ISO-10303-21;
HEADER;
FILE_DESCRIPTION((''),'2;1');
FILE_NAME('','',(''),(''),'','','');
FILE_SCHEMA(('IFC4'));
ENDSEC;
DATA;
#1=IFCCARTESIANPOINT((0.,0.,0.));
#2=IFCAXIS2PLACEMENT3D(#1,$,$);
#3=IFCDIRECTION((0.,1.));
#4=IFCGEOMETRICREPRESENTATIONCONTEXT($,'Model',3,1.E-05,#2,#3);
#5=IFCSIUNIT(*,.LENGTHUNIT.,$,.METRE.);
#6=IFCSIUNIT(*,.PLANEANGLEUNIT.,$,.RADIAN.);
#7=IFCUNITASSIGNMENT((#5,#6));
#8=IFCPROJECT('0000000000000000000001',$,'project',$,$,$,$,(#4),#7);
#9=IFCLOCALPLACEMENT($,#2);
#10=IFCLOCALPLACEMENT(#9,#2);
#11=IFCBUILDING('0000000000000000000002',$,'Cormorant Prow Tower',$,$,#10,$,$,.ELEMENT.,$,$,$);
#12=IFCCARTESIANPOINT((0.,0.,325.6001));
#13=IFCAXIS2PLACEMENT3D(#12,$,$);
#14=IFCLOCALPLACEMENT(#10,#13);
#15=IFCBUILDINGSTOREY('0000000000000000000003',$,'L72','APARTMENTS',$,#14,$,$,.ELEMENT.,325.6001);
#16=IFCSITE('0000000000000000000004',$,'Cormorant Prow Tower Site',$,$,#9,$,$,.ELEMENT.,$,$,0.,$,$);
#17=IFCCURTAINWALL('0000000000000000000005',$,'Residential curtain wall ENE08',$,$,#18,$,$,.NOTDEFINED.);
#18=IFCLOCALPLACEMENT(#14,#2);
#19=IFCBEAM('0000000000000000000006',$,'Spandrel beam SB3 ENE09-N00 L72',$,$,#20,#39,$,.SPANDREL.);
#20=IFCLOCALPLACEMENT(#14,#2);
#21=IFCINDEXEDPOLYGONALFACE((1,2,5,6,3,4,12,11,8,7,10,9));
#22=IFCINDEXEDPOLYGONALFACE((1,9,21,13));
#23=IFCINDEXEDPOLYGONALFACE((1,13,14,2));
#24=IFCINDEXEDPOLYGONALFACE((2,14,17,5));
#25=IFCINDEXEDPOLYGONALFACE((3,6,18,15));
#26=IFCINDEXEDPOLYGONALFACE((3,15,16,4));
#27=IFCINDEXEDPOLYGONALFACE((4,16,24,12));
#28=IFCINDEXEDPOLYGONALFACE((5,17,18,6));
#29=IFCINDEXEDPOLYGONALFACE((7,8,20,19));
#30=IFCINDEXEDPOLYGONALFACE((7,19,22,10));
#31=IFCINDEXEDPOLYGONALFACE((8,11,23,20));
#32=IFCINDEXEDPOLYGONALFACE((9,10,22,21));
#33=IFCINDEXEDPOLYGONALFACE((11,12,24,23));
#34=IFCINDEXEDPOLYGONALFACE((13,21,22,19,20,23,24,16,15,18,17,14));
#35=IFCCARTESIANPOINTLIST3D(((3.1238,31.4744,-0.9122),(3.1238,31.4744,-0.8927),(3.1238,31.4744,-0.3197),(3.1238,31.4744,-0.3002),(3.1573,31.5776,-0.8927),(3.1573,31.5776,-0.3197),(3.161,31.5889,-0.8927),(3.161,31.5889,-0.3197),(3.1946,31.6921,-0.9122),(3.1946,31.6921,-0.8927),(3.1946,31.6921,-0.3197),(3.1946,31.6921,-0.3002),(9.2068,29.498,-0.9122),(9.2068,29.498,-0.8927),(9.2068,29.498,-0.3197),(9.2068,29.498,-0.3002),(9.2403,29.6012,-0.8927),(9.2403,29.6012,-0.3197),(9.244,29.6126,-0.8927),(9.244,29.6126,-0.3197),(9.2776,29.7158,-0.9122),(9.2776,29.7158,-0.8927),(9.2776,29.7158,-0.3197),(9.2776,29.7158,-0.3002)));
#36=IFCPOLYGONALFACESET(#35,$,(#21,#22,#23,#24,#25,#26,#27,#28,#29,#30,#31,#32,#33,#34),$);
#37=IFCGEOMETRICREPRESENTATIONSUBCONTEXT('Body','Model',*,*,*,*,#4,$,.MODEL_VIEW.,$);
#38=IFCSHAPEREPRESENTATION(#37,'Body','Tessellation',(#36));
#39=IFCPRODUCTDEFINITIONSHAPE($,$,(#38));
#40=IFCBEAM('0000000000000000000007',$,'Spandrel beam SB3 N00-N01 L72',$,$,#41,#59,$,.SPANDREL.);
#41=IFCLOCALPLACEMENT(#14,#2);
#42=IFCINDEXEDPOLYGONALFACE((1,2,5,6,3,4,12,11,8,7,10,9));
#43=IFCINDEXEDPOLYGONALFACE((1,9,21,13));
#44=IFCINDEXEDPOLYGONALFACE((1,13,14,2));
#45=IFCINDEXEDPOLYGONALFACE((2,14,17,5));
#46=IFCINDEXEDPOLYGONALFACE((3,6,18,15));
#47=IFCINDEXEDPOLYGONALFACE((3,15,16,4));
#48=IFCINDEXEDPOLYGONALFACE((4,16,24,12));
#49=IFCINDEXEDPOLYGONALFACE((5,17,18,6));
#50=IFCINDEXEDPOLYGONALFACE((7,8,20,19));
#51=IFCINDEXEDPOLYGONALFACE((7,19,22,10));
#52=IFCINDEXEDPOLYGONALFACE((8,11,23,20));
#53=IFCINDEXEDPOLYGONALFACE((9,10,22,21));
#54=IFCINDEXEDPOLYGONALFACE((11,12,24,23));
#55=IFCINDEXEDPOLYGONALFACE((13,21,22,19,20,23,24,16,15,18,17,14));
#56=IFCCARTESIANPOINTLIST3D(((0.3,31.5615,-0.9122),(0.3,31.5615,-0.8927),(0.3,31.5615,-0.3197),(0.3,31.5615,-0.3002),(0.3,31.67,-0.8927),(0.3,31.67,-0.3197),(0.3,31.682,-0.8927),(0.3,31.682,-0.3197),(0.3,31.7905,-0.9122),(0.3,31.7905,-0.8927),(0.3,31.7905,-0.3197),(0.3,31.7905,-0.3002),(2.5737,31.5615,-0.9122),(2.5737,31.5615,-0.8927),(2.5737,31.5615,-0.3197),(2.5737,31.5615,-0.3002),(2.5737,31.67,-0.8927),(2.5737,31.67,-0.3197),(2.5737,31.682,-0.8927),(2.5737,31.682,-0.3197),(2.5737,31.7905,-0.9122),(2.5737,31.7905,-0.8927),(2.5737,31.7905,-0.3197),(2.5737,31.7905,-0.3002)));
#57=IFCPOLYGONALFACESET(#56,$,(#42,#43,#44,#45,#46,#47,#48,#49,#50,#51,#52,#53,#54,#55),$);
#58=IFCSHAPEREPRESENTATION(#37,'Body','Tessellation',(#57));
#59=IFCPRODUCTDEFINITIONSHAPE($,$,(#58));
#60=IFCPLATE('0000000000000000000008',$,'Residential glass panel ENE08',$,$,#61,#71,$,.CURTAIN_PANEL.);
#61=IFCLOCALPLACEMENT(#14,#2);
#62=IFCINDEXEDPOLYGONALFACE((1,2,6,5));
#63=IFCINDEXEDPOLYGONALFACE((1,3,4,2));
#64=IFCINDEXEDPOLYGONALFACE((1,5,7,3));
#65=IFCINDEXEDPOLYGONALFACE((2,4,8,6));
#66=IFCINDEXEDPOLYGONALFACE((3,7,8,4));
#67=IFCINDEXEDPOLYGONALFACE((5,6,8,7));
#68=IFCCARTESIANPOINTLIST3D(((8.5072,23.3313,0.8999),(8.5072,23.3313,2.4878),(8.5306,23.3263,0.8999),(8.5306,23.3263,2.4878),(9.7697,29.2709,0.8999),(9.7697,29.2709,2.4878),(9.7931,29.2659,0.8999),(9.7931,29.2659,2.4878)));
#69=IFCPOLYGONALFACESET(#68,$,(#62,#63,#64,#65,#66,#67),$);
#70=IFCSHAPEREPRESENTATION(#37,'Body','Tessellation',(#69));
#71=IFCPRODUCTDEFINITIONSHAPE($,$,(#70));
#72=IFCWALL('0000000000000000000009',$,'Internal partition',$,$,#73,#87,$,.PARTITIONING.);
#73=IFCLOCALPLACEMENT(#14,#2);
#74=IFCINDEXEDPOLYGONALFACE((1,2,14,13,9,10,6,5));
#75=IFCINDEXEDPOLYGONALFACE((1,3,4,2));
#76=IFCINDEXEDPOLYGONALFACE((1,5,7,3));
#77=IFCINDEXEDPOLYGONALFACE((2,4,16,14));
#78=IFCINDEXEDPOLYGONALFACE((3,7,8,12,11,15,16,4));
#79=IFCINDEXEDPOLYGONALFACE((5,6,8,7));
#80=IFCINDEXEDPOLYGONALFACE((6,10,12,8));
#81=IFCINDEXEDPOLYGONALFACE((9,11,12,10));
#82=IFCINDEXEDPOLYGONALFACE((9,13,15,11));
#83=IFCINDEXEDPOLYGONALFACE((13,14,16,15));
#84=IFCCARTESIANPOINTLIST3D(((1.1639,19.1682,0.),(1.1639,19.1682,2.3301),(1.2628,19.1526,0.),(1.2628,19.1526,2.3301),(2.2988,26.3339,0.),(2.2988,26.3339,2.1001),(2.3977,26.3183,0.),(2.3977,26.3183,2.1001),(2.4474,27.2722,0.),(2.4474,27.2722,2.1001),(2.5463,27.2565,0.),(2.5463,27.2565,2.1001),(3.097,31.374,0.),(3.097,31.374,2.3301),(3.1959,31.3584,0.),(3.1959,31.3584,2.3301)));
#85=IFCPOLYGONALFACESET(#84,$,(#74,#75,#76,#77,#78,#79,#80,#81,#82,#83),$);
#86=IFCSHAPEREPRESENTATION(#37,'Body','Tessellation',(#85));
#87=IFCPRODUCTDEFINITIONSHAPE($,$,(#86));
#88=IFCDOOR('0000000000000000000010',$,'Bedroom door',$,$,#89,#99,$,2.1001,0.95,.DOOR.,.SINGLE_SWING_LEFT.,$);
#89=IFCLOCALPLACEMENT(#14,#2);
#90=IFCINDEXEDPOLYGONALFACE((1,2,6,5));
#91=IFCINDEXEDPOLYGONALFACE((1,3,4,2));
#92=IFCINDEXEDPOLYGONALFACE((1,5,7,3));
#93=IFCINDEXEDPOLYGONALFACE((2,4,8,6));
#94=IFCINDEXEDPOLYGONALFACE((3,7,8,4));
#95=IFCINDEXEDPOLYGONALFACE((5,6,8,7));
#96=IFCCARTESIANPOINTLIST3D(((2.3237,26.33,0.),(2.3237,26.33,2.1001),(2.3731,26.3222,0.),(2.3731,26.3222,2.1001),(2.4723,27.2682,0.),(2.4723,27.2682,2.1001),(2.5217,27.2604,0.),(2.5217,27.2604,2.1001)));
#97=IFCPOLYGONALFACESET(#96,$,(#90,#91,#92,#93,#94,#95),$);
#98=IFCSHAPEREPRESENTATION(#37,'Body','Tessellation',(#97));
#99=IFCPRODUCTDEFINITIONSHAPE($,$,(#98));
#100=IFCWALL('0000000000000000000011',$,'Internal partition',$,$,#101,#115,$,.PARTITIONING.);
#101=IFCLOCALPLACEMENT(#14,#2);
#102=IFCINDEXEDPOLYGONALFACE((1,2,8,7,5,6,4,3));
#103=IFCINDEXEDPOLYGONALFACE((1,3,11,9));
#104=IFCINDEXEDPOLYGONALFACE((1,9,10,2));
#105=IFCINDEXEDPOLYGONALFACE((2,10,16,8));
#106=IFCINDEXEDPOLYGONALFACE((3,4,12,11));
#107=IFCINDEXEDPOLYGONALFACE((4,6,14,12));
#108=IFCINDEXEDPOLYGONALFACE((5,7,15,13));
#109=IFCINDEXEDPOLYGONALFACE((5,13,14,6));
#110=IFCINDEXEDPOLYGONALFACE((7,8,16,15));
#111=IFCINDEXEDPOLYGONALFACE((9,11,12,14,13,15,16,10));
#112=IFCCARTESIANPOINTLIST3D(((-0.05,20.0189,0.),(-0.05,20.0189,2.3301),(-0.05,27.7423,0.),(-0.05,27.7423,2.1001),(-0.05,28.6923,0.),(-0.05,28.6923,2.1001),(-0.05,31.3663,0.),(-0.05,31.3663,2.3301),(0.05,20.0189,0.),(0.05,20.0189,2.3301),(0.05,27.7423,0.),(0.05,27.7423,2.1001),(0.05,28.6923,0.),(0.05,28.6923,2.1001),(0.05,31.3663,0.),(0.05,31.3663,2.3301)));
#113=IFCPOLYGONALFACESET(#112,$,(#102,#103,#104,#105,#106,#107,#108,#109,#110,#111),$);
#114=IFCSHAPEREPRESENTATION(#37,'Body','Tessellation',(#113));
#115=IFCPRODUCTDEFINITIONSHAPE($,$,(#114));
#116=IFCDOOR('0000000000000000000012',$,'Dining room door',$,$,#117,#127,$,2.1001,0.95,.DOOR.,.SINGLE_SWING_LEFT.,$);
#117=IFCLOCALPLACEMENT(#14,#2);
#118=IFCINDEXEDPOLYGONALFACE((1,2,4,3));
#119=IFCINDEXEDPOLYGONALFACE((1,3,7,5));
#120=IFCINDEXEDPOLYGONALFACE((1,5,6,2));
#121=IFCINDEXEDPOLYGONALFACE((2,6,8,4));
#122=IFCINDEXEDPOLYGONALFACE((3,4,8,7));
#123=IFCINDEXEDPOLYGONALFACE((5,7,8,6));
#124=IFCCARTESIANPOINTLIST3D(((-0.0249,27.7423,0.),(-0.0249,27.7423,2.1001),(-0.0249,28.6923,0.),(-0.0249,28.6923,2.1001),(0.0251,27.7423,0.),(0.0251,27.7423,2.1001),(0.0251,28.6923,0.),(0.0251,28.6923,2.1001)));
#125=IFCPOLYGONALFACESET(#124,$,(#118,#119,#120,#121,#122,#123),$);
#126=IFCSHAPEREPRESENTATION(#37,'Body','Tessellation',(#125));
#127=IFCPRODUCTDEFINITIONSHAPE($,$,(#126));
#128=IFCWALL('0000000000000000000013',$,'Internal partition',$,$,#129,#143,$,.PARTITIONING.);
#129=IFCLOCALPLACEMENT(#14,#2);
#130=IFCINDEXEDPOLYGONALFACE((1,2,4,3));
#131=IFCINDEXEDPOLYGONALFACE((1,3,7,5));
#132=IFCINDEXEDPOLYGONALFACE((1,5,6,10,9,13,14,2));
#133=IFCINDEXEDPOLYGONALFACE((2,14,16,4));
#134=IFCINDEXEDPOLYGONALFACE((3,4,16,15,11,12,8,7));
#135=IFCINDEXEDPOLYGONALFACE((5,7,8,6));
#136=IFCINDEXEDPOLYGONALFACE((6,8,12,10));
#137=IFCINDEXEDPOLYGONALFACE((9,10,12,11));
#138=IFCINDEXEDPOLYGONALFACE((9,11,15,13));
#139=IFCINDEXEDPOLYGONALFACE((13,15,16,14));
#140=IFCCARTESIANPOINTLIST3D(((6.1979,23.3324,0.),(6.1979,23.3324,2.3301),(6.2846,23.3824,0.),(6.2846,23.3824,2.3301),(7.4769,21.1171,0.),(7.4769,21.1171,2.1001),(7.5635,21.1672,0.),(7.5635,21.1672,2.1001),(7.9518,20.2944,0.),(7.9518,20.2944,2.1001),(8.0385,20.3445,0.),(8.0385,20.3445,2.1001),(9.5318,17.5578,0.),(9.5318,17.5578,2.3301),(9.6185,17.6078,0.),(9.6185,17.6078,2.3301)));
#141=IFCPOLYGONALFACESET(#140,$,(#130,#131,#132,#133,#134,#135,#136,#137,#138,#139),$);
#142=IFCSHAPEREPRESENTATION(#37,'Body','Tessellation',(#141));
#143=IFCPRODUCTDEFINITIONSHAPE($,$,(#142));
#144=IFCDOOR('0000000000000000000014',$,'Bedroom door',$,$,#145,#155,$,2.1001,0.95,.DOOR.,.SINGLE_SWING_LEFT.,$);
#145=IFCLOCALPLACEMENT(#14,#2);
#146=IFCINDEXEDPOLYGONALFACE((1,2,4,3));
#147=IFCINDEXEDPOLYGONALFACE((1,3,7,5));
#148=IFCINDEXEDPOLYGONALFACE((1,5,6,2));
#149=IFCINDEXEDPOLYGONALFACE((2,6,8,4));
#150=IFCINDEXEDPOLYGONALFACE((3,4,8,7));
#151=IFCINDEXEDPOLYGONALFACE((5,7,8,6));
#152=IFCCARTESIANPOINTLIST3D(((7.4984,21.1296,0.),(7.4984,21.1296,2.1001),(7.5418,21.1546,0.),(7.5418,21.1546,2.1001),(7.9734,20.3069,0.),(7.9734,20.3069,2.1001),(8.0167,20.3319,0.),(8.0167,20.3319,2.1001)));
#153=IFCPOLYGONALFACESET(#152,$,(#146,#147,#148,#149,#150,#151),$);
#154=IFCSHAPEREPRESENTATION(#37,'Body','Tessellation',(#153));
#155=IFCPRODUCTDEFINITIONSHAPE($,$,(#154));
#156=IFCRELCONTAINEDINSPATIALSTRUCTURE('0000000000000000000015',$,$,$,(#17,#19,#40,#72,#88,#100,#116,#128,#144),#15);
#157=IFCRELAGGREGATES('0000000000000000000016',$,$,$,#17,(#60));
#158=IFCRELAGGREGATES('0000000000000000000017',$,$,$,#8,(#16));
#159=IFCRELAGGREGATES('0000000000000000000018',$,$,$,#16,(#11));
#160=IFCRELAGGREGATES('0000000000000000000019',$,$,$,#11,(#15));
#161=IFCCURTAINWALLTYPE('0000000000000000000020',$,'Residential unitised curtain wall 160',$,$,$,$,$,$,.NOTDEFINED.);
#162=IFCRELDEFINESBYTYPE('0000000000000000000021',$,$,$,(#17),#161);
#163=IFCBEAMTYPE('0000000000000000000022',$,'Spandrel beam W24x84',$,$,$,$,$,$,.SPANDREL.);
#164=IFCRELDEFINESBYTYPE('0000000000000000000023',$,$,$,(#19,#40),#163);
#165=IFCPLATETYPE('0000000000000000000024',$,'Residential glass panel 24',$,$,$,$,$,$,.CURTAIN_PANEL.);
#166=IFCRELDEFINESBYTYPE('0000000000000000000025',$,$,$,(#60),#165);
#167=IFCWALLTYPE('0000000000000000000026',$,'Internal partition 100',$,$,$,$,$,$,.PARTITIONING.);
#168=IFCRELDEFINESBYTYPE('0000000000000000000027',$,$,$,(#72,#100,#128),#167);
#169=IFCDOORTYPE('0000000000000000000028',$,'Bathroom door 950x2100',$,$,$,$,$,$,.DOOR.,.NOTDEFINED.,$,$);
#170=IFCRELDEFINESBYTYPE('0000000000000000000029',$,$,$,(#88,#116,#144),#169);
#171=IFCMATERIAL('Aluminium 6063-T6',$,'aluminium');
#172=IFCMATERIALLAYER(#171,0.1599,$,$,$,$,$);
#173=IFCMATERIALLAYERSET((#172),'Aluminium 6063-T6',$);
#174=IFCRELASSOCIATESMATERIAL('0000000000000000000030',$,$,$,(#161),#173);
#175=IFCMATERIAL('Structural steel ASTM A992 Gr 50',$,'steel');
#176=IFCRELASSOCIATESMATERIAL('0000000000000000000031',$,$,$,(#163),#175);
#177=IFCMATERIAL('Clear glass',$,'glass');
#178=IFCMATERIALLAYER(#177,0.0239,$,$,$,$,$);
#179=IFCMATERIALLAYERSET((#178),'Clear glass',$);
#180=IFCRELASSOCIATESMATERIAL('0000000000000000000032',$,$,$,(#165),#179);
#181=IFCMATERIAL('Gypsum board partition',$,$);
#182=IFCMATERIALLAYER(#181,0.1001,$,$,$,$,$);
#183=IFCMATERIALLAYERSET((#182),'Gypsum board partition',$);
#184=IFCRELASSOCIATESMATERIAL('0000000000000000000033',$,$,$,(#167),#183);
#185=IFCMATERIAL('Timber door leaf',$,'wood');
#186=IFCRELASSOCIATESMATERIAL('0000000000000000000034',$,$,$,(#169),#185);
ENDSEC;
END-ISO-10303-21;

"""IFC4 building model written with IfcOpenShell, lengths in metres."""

from ifc_helpers import new_model, si_unit, direction, frame, frame_2d, origin, origin_2d, place, context, subcontext, project, spatial, rectangle, i_section, extrude, material, layer, layer_set, material_profile, profile_set, type_object, element, fill, aggregate, save


model = new_model("IFC4")

# Units and contexts
model_context = context("Model", 3, precision=1e-05, world=origin(), true_north=direction((0.0, 1.0)))
body_context = subcontext(model_context, "Body", "Model", "MODEL_VIEW")
ifc_project = project(units=[si_unit("LENGTHUNIT", "METRE"), si_unit("PLANEANGLEUNIT", "RADIAN")], contexts=[model_context])

# Site, building, storey
site_placement = place(None, origin())
site = spatial("IfcSite", under=ifc_project, at=site_placement, Name="Cormorant Prow Tower Site", CompositionType="ELEMENT", RefElevation=0.0)
building_placement = place(site_placement, origin())
building = spatial("IfcBuilding", under=site, at=building_placement, Name="Cormorant Prow Tower", CompositionType="ELEMENT")
storey_placement = place(building_placement, frame((0.0, 0.0, 325.6001)))
storey = spatial("IfcBuildingStorey", under=building, at=storey_placement, Name="L72", Description="APARTMENTS", CompositionType="ELEMENT", Elevation=325.6001)

# Curtain wall
ifc_material_1 = material(Name="Aluminium 6063-T6", Category="aluminium")
ifc_layer_1 = layer(ifc_material_1, 0.1599)
ifc_layer_set_1 = layer_set([ifc_layer_1], Name="Aluminium 6063-T6")
curtain_wall_type = type_object("IfcCurtainWallType", Name="Residential unitised curtain wall 160", PredefinedType="NOTDEFINED", material=ifc_layer_set_1)
curtain_wall_placement = place(storey_placement, origin())
curtain_wall = element("IfcCurtainWall", 1, at=curtain_wall_placement, inside=storey, type_object=curtain_wall_type, Name="Residential curtain wall ENE08", PredefinedType="NOTDEFINED")

# Beams
ifc_material_2 = material(Name="Structural steel ASTM A992 Gr 50", Category="steel")
ifc_material_profile_1 = material_profile(ifc_material_2, i_section(OverallWidth=0.229, OverallDepth=0.6121, WebThickness=0.012, FlangeThickness=0.0195, at=origin_2d()), Name="W24x84")
ifc_profile_set_1 = profile_set([ifc_material_profile_1], Name="Structural steel ASTM A992 Gr 50")
beam_type_1 = type_object("IfcBeamType", Name="Spandrel beam W24x84", PredefinedType="SPANDREL", material=ifc_profile_set_1)
beam_1_placement = place(storey_placement, frame((9.2422, 29.6069, -0.6062), z_axis=(-0.951064, 0.308993, 0.0), x_axis=(-0.308993, -0.951064, 0.0)))
element("IfcBeam", 2, at=beam_1_placement, inside=storey, type_object=beam_type_1, Name="Spandrel beam SB3 ENE09-N00 L72", PredefinedType="SPANDREL", context=body_context, shape_type="SweptSolid", body=[
    extrude(i_section(OverallWidth=0.229, OverallDepth=0.6121, WebThickness=0.012, FlangeThickness=0.0195, at=origin_2d()), origin(), (0.0, 0.0, 1.0), 6.396),
])
beam_2_placement = place(storey_placement, frame((2.5737, 31.676, -0.6062), z_axis=(-1.0, 0.0, 0.0), x_axis=(0.0, -1.0, 0.0)))
element("IfcBeam", 3, at=beam_2_placement, inside=storey, type_object=beam_type_1, Name="Spandrel beam SB3 N00-N01 L72", PredefinedType="SPANDREL", context=body_context, shape_type="SweptSolid", body=[
    extrude(i_section(OverallWidth=0.229, OverallDepth=0.6121, WebThickness=0.012, FlangeThickness=0.0195, at=origin_2d()), origin(), (0.0, 0.0, 1.0), 2.2737),
])

# Plate
ifc_material_3 = material(Name="Clear glass", Category="glass")
ifc_layer_2 = layer(ifc_material_3, 0.0239)
ifc_layer_set_2 = layer_set([ifc_layer_2], Name="Clear glass")
plate_type = type_object("IfcPlateType", Name="Residential glass panel 24", PredefinedType="CURTAIN_PANEL", material=ifc_layer_set_2)
plate_placement = place(storey_placement, frame((9.1501, 26.2986, 0.8999), z_axis=(0.0, 0.0, 1.0), x_axis=(0.207912, 0.978148, 0.0)))
plate = element("IfcPlate", 4, at=plate_placement, type_object=plate_type, Name="Residential glass panel ENE08", PredefinedType="CURTAIN_PANEL", context=body_context, shape_type="SweptSolid", body=[
    extrude(rectangle(XDim=6.0723, YDim=0.0239, at=origin_2d()), origin(), (0.0, 0.0, 1.0), 1.5879),
])
aggregate(curtain_wall, [plate])

# Walls, openings, doors
ifc_material_4 = material(Name="Gypsum board partition")
ifc_layer_3 = layer(ifc_material_4, 0.1001)
ifc_layer_set_3 = layer_set([ifc_layer_3], Name="Gypsum board partition")
wall_type_1 = type_object("IfcWallType", Name="Internal partition 100", PredefinedType="PARTITIONING", material=ifc_layer_set_3)
wall_1_placement = place(storey_placement, frame((1.2134, 19.1604, 0.0), z_axis=(0.0, 0.0, 1.0), x_axis=(0.156426, 0.98769, 0.0)))
wall_1 = element("IfcWall", 5, at=wall_1_placement, inside=storey, type_object=wall_type_1, Name="Internal partition", PredefinedType="PARTITIONING", context=body_context, shape_type="SweptSolid", body=[
    extrude(rectangle(XDim=12.3579, YDim=0.1001, at=frame_2d((6.179, 0.0))), origin(), (0.0, 0.0, 1.0), 2.3301),
])
opening_1_placement = place(wall_1_placement, frame((7.2549, 0.0, 0.0)))
opening_1 = element("IfcOpeningElement", 6, at=opening_1_placement, cuts=wall_1, PredefinedType="OPENING", context=body_context, shape_type="SweptSolid", body=[
    extrude(rectangle(XDim=0.95, YDim=2.1001, at=frame_2d((0.4751, 1.05))), frame((0.0, 0.0601, 0.0), z_axis=(0.0, -1.0, 0.0), x_axis=(1.0, 0.0, 0.0)), (0.0, 0.0, 1.0), 0.1201),
])
ifc_material_5 = material(Name="Timber door leaf", Category="wood")
door_type_1 = type_object("IfcDoorType", Name="Bathroom door 950x2100", OperationType="NOTDEFINED", PredefinedType="DOOR", material=ifc_material_5)
door_1_placement = place(opening_1_placement, origin())
door_1 = element("IfcDoor", 7, at=door_1_placement, inside=storey, type_object=door_type_1, Name="Bedroom door", OperationType="SINGLE_SWING_LEFT", OverallHeight=2.1001, OverallWidth=0.95, PredefinedType="DOOR", context=body_context, shape_type="SweptSolid", body=[
    extrude(rectangle(XDim=0.95, YDim=2.1001, at=frame_2d((0.4751, 1.05))), frame((0.0, 0.0249, 0.0), z_axis=(0.0, -1.0, 0.0), x_axis=(1.0, 0.0, 0.0)), (0.0, 0.0, 1.0), 0.05),
])
fill(opening_1, door_1)
wall_2_placement = place(storey_placement, frame((0.0, 20.0188, 0.0), z_axis=(0.0, 0.0, 1.0), x_axis=(0.0, 1.0, 0.0)))
wall_2 = element("IfcWall", 8, at=wall_2_placement, inside=storey, type_object=wall_type_1, Name="Internal partition", PredefinedType="PARTITIONING", context=body_context, shape_type="SweptSolid", body=[
    extrude(rectangle(XDim=11.3474, YDim=0.1001, at=frame_2d((5.6738, 0.0))), origin(), (0.0, 0.0, 1.0), 2.3301),
])
opening_2_placement = place(wall_2_placement, frame((7.7234, 0.0, 0.0)))
opening_2 = element("IfcOpeningElement", 9, at=opening_2_placement, cuts=wall_2, PredefinedType="OPENING", context=body_context, shape_type="SweptSolid", body=[
    extrude(rectangle(XDim=0.95, YDim=2.1001, at=frame_2d((0.4751, 1.05))), frame((0.0, 0.0601, 0.0), z_axis=(0.0, -1.0, 0.0), x_axis=(1.0, 0.0, 0.0)), (0.0, 0.0, 1.0), 0.1201),
])
door_2_placement = place(opening_2_placement, origin())
door_2 = element("IfcDoor", 10, at=door_2_placement, inside=storey, type_object=door_type_1, Name="Dining room door", OperationType="SINGLE_SWING_LEFT", OverallHeight=2.1001, OverallWidth=0.95, PredefinedType="DOOR", context=body_context, shape_type="SweptSolid", body=[
    extrude(rectangle(XDim=0.95, YDim=2.1001, at=frame_2d((0.4751, 1.05))), frame((0.0, 0.0249, 0.0), z_axis=(0.0, -1.0, 0.0), x_axis=(1.0, 0.0, 0.0)), (0.0, 0.0, 1.0), 0.05),
])
fill(opening_2, door_2)
wall_3_placement = place(storey_placement, frame((6.2412, 23.3574, 0.0), z_axis=(0.0, 0.0, 1.0), x_axis=(0.499998, -0.866026, 0.0)))
wall_3 = element("IfcWall", 11, at=wall_3_placement, inside=storey, type_object=wall_type_1, Name="Internal partition", PredefinedType="PARTITIONING", context=body_context, shape_type="SweptSolid", body=[
    extrude(rectangle(XDim=6.668, YDim=0.1001, at=frame_2d((3.334, 0.0))), origin(), (0.0, 0.0, 1.0), 2.3301),
])
opening_3_placement = place(wall_3_placement, frame((2.5579, 0.0, 0.0)))
opening_3 = element("IfcOpeningElement", 12, at=opening_3_placement, cuts=wall_3, PredefinedType="OPENING", context=body_context, shape_type="SweptSolid", body=[
    extrude(rectangle(XDim=0.95, YDim=2.1001, at=frame_2d((0.4751, 1.05))), frame((0.0, 0.0601, 0.0), z_axis=(0.0, -1.0, 0.0), x_axis=(1.0, 0.0, 0.0)), (0.0, 0.0, 1.0), 0.1201),
])
door_3_placement = place(opening_3_placement, origin())
door_3 = element("IfcDoor", 13, at=door_3_placement, inside=storey, type_object=door_type_1, Name="Bedroom door", OperationType="SINGLE_SWING_LEFT", OverallHeight=2.1001, OverallWidth=0.95, PredefinedType="DOOR", context=body_context, shape_type="SweptSolid", body=[
    extrude(rectangle(XDim=0.95, YDim=2.1001, at=frame_2d((0.4751, 1.05))), frame((0.0, 0.0249, 0.0), z_axis=(0.0, -1.0, 0.0), x_axis=(1.0, 0.0, 0.0)), (0.0, 0.0, 1.0), 0.05),
])
fill(opening_3, door_3)

save(model, "model.ifc")
